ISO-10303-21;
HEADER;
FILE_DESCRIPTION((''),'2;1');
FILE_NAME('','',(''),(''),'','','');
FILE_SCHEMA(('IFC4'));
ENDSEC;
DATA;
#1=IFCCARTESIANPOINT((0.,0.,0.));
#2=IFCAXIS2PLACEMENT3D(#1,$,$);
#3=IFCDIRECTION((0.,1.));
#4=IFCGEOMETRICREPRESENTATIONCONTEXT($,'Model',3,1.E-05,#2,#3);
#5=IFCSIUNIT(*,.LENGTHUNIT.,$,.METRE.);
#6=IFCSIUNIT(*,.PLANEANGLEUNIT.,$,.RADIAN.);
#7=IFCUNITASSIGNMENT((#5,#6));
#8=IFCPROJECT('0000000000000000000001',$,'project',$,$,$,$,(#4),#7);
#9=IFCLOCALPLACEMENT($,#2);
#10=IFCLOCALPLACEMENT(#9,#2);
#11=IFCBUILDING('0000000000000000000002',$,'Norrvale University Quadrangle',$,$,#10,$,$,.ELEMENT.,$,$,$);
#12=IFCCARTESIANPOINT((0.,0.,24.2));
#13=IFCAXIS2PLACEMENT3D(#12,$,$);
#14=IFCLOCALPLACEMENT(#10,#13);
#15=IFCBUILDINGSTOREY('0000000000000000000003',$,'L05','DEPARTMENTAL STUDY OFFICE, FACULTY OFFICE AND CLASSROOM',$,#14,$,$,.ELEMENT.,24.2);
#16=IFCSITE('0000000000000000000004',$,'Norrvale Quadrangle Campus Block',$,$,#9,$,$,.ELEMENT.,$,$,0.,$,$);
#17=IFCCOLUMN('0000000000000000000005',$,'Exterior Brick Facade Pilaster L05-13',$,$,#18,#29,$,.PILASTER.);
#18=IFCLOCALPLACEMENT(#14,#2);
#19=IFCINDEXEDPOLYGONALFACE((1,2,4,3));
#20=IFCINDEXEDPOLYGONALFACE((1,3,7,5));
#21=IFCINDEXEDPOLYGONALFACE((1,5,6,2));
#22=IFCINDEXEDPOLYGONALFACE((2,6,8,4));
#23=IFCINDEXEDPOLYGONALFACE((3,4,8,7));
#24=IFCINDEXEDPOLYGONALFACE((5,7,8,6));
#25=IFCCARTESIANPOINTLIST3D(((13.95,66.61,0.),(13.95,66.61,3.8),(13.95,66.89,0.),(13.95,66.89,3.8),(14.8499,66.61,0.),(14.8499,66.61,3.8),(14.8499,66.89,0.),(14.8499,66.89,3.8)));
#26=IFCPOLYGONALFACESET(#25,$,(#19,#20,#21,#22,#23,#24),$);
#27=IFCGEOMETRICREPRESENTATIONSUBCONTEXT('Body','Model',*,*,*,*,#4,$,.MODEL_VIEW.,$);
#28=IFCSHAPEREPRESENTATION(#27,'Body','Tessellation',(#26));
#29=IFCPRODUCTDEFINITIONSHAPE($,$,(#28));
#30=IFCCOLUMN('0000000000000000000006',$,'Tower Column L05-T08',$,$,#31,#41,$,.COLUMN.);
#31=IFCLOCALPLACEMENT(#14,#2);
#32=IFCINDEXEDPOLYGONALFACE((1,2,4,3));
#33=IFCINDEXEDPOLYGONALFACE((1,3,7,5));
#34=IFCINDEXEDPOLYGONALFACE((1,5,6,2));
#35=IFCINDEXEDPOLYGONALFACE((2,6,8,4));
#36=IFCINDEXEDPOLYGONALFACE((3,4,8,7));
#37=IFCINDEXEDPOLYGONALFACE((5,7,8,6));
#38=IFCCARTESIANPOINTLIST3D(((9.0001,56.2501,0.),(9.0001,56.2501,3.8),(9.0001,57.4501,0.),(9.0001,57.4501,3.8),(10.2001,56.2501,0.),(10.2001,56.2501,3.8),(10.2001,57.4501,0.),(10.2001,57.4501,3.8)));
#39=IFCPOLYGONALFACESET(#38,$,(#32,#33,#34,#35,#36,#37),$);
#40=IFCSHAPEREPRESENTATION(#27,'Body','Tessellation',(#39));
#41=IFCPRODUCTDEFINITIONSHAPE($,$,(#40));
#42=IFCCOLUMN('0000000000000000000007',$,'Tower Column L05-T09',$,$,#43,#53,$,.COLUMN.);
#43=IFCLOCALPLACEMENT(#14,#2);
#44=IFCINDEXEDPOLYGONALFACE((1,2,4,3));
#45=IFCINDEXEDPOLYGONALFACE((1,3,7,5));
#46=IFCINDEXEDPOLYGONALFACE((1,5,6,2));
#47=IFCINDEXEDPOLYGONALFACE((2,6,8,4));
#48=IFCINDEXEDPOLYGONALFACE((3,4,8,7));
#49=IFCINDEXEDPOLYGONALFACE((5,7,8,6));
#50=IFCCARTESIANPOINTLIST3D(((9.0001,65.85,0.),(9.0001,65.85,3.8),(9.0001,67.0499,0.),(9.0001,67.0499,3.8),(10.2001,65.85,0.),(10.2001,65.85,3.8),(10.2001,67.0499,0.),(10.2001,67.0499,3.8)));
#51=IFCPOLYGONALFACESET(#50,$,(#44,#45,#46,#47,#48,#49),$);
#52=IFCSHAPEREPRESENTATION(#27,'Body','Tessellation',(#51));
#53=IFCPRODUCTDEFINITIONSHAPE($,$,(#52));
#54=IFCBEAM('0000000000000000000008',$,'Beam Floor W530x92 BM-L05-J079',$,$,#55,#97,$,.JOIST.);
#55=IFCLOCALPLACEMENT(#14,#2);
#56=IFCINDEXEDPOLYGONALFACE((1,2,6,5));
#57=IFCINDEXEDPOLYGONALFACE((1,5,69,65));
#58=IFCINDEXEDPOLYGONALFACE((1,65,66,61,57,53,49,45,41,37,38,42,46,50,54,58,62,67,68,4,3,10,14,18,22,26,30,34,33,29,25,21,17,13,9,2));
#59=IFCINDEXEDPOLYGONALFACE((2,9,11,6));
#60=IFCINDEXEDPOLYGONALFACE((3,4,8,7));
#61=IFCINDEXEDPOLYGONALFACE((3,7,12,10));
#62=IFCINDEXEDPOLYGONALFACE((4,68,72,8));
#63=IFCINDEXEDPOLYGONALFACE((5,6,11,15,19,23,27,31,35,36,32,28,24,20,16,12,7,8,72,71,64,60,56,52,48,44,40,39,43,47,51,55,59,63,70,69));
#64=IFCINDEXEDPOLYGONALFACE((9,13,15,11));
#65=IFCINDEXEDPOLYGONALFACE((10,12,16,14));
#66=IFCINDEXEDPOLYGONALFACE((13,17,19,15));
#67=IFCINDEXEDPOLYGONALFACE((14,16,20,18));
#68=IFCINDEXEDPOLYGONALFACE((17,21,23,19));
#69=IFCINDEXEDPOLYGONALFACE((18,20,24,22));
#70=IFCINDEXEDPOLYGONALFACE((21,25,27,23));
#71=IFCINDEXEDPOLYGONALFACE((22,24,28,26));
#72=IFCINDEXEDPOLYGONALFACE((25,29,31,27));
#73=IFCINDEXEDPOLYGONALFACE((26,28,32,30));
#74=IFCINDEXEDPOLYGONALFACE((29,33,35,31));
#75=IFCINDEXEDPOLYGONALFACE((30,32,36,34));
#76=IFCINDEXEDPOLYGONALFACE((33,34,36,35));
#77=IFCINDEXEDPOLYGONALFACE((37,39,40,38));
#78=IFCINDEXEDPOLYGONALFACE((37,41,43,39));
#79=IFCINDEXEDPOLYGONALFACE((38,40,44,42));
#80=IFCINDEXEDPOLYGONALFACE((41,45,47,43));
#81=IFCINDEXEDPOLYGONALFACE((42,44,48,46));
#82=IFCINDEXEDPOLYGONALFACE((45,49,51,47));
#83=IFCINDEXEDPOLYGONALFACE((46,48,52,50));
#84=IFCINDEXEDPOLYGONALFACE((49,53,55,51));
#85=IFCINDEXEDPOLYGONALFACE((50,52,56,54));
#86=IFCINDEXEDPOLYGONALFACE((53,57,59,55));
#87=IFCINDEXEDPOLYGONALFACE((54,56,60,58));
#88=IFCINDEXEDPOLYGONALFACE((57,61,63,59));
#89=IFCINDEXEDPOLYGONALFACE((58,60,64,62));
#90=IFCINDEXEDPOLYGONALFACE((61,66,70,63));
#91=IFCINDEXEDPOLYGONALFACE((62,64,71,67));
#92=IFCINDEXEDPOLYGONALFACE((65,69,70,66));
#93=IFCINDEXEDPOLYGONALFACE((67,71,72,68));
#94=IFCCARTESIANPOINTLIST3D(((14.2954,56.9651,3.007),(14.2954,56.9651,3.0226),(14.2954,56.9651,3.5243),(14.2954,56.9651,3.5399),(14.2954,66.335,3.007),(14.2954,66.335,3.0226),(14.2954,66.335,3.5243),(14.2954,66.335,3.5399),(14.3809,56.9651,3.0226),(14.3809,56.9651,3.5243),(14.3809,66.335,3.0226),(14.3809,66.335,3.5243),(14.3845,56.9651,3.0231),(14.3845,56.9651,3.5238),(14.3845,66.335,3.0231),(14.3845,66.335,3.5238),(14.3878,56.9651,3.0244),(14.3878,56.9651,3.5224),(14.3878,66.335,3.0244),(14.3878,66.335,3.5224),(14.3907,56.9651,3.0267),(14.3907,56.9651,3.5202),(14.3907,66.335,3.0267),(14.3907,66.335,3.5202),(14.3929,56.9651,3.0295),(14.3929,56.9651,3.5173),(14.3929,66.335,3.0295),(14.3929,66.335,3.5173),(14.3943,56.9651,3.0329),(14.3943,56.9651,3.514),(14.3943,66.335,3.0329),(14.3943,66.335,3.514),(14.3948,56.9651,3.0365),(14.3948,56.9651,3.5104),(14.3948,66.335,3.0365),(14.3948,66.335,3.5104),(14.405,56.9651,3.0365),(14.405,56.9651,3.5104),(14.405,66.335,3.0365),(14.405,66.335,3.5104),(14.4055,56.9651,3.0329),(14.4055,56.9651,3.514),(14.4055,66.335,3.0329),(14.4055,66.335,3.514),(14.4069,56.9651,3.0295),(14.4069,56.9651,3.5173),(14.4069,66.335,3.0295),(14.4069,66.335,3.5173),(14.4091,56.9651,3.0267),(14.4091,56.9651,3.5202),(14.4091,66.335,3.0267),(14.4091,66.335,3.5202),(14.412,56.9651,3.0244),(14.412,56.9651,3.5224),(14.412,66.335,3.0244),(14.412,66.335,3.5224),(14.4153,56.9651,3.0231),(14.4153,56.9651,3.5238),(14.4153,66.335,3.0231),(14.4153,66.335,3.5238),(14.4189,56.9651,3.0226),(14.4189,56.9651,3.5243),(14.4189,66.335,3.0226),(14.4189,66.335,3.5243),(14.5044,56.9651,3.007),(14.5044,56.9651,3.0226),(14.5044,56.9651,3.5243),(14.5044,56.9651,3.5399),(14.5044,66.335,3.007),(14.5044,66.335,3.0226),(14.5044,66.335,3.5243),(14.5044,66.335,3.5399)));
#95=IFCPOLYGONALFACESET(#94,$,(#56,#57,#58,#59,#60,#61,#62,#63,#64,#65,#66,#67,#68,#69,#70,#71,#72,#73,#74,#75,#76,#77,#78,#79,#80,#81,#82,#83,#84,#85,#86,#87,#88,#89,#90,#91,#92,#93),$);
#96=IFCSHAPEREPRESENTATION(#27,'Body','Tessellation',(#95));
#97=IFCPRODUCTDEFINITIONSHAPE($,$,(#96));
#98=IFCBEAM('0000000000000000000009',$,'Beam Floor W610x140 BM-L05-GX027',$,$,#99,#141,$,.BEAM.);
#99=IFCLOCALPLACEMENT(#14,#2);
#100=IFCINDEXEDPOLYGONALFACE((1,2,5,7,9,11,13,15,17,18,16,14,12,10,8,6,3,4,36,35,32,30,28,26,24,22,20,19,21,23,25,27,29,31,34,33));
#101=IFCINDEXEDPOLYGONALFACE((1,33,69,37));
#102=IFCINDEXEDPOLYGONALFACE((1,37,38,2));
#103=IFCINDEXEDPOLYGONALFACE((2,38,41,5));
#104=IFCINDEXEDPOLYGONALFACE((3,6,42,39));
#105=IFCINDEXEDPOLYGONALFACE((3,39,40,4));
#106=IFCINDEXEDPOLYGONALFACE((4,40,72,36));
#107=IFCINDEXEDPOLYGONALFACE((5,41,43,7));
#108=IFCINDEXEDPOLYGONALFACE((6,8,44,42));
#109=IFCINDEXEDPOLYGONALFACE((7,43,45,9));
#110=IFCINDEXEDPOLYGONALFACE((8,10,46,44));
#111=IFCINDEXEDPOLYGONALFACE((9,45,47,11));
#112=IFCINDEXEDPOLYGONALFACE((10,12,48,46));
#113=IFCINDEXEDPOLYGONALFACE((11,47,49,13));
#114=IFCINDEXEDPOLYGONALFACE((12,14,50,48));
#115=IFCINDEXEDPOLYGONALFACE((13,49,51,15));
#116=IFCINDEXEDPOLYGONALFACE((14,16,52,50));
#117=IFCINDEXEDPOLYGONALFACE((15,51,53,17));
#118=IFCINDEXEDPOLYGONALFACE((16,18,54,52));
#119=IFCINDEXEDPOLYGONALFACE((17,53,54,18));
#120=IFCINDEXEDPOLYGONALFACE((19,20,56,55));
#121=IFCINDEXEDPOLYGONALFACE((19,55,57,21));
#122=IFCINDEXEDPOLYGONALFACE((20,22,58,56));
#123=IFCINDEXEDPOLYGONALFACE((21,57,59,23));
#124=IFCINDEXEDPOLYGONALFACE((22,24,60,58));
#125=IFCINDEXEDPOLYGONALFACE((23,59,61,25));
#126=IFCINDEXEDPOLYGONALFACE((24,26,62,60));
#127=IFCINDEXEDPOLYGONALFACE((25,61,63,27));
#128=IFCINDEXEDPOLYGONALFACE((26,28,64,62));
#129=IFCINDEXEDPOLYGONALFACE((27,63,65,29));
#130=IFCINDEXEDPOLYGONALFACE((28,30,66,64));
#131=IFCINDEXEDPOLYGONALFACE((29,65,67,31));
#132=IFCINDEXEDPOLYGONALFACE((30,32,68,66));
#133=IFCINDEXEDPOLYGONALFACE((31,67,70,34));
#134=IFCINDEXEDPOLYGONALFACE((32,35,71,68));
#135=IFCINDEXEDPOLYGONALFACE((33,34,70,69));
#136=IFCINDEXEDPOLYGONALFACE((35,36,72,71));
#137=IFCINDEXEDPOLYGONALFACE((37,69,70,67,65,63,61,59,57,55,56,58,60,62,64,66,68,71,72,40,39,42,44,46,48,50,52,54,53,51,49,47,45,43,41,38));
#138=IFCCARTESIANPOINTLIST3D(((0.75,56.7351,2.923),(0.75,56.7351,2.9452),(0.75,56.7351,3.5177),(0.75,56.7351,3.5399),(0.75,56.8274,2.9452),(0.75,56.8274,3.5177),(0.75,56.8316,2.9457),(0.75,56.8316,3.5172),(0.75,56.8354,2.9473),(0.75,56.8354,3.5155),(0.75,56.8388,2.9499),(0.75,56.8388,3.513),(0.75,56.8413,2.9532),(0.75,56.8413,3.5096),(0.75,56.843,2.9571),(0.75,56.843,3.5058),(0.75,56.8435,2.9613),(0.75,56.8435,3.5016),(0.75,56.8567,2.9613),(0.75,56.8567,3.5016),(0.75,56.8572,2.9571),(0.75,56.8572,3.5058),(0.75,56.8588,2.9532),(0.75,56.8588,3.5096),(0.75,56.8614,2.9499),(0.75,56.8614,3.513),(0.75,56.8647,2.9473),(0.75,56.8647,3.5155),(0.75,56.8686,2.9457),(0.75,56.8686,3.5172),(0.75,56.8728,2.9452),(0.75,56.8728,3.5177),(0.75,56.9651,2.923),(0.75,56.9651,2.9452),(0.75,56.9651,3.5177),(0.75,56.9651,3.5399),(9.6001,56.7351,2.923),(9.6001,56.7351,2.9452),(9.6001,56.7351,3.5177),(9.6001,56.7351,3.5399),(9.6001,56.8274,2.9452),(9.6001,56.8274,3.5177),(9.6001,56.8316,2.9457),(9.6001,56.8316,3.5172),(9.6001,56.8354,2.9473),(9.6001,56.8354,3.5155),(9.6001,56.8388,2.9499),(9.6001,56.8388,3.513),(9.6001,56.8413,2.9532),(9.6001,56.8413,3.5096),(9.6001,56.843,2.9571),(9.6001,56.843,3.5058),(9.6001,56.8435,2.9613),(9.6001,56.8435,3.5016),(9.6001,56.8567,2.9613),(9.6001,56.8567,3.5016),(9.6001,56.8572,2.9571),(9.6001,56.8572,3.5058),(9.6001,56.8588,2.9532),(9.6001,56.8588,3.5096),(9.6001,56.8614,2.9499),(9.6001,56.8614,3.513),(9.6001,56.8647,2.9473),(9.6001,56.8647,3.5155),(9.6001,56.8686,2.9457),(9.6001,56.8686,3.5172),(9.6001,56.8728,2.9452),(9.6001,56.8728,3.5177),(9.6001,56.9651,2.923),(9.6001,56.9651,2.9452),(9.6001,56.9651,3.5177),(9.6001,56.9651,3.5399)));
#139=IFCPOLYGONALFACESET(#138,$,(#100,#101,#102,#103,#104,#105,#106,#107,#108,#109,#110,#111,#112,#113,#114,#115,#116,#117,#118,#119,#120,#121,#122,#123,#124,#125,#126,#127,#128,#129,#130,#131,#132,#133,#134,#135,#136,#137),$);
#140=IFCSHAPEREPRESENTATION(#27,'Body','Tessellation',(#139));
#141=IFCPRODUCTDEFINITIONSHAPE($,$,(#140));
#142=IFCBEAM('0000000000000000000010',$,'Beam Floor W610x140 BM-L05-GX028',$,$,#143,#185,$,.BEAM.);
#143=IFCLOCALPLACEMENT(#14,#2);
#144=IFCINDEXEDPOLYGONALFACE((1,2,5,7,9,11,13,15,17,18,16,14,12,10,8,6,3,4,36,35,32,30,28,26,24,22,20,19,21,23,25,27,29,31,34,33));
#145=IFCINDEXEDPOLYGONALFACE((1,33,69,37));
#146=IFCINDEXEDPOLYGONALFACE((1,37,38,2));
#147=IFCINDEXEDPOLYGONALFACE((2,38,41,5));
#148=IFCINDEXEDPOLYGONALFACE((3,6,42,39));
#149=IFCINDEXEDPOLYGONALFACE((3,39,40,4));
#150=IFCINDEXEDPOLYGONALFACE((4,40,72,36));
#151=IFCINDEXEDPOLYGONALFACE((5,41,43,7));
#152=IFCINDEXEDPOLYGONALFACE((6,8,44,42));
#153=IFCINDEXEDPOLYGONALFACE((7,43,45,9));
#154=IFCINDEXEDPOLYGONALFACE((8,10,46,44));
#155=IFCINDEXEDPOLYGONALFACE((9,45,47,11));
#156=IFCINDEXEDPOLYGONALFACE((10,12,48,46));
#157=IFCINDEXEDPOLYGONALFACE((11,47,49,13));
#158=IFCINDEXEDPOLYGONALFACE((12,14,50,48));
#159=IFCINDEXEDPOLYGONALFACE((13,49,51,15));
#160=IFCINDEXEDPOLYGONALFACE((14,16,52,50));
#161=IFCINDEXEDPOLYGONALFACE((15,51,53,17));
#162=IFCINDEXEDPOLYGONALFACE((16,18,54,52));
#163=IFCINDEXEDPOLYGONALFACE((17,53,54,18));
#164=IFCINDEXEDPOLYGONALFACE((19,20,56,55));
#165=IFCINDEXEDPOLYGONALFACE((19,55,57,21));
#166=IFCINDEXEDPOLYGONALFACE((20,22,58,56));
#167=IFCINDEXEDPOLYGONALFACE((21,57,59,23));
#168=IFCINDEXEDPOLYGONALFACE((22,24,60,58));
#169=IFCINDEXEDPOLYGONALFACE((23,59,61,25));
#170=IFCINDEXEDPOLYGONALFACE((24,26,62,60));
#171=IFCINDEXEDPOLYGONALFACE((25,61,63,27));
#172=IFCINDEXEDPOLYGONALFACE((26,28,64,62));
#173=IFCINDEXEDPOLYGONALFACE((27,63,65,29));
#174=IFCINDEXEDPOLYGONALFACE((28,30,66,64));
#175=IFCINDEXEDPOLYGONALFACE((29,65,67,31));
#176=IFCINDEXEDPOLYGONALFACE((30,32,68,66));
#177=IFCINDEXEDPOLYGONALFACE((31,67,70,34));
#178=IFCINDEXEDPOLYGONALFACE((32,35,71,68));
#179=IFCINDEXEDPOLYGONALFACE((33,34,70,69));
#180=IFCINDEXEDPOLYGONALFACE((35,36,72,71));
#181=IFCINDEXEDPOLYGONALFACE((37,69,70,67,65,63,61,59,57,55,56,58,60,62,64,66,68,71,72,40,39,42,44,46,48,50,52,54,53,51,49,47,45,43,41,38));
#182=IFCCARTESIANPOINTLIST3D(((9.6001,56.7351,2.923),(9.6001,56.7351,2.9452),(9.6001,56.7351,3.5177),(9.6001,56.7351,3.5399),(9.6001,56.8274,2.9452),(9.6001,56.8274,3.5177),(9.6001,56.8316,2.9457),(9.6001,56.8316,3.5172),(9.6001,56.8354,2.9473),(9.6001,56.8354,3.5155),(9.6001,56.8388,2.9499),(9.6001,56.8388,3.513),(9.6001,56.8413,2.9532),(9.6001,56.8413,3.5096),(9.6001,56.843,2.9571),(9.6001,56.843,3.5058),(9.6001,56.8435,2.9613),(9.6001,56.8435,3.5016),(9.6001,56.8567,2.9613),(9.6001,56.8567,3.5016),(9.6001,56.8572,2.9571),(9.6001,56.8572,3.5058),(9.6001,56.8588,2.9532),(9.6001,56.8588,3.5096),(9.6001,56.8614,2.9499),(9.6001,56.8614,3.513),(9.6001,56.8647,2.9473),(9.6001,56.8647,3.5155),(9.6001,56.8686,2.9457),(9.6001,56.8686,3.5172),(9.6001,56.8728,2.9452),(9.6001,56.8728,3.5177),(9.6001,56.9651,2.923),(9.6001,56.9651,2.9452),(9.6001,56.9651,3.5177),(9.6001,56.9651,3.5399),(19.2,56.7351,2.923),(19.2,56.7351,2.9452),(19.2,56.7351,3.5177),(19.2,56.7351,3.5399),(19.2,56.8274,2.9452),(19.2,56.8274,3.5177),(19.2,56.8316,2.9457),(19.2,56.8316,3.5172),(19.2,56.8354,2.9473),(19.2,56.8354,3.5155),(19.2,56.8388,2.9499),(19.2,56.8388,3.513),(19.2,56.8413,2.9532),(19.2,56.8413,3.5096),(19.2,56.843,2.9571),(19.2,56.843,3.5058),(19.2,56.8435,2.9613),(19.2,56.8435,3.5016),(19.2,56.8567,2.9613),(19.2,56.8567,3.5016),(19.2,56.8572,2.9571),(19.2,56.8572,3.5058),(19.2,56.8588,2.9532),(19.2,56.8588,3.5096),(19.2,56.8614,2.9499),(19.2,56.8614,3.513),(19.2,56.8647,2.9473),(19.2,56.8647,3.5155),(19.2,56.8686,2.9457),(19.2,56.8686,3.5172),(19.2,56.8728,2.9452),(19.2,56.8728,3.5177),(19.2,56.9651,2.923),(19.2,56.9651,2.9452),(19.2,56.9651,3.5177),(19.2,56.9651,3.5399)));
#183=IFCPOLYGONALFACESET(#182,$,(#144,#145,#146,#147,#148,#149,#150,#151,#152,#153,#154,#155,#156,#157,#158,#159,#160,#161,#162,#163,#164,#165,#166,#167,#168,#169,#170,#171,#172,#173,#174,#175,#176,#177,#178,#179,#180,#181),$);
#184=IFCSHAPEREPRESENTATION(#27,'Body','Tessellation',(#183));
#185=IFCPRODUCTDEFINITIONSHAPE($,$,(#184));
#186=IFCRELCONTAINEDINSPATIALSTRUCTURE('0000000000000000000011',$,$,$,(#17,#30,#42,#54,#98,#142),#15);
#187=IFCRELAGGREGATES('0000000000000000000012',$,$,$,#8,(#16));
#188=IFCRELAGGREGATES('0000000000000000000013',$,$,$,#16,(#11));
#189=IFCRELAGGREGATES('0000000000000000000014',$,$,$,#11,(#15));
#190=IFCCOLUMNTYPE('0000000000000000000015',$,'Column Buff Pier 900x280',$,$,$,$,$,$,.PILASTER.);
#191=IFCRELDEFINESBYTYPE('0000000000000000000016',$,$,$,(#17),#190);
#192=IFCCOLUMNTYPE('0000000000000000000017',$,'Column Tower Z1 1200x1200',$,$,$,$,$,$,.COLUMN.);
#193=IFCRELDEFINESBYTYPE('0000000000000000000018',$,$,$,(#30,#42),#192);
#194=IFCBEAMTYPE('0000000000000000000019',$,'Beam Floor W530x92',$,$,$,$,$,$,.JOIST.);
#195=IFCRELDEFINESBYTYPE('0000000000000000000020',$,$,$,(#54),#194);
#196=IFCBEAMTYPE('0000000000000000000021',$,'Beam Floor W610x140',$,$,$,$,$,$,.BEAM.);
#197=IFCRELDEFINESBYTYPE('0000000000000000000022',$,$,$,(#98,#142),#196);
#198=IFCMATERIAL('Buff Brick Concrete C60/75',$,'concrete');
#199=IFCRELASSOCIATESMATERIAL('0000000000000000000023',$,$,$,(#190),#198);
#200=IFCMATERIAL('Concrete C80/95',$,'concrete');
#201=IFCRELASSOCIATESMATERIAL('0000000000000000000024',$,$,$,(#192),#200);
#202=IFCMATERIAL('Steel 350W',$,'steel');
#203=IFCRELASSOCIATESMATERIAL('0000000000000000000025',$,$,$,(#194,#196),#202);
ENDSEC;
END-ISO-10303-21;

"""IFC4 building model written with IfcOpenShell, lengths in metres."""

from ifc_helpers import new_model, si_unit, direction, frame, origin, origin_2d, place, context, subcontext, project, spatial, rectangle, i_section, extrude, material, material_profile, profile_set, type_object, element, save


model = new_model("IFC4")

# Units and contexts
model_context = context("Model", 3, precision=1e-05, world=origin(), true_north=direction((0.0, 1.0)))
body_context = subcontext(model_context, "Body", "Model", "MODEL_VIEW")
ifc_project = project(units=[si_unit("LENGTHUNIT", "METRE"), si_unit("PLANEANGLEUNIT", "RADIAN")], contexts=[model_context])

# Site, building, storey
site_placement = place(None, origin())
site = spatial("IfcSite", under=ifc_project, at=site_placement, Name="Norrvale Quadrangle Campus Block", CompositionType="ELEMENT", RefElevation=0.0)
building_placement = place(site_placement, origin())
building = spatial("IfcBuilding", under=site, at=building_placement, Name="Norrvale University Quadrangle", CompositionType="ELEMENT")
storey_placement = place(building_placement, frame((0.0, 0.0, 24.2)))
storey = spatial("IfcBuildingStorey", under=building, at=storey_placement, Name="L05", Description="DEPARTMENTAL STUDY OFFICE, FACULTY OFFICE AND CLASSROOM", CompositionType="ELEMENT", Elevation=24.2)

# Columns
ifc_material_1 = material(Name="Buff Brick Concrete C60/75", Category="concrete")
ifc_material_profile_1 = material_profile(ifc_material_1, rectangle(XDim=0.8999, YDim=0.28, at=origin_2d()), Name="Buff Brick Concrete C60/75")
ifc_profile_set_1 = profile_set([ifc_material_profile_1], Name="Buff Brick Concrete C60/75")
column_type_1 = type_object("IfcColumnType", Name="Column Buff Pier 900x280", PredefinedType="PILASTER", material=ifc_profile_set_1)
column_placement = place(storey_placement, frame((14.3999, 66.75, 0.0), z_axis=(0.0, 0.0, 1.0), x_axis=(1.0, 0.0, 0.0)))
element("IfcColumn", 1, at=column_placement, inside=storey, type_object=column_type_1, Name="Exterior Brick Facade Pilaster L05-13", PredefinedType="PILASTER", context=body_context, shape_type="SweptSolid", body=[
    extrude(rectangle(XDim=0.8999, YDim=0.28, at=origin_2d()), origin(), (0.0, 0.0, 1.0), 3.8),
])
ifc_material_2 = material(Name="Concrete C80/95", Category="concrete")
ifc_material_profile_2 = material_profile(ifc_material_2, rectangle(XDim=1.2, YDim=1.2, at=origin_2d()), Name="Concrete C80/95")
ifc_profile_set_2 = profile_set([ifc_material_profile_2], Name="Concrete C80/95")
column_type_2 = type_object("IfcColumnType", Name="Column Tower Z1 1200x1200", PredefinedType="COLUMN", material=ifc_profile_set_2)
for number, where, z_axis, x_axis, name in (
    (2, (9.6001, 56.8501, 0.0), (0.0, 0.0, 1.0), (1.0, 0.0, 0.0), "Tower Column L05-T08"),
    (3, (9.6001, 66.45, 0.0), (0.0, 0.0, 1.0), (1.0, 0.0, 0.0), "Tower Column L05-T09"),
):
    element("IfcColumn", number, at=place(storey_placement, frame(where, z_axis=z_axis, x_axis=x_axis)), inside=storey, type_object=column_type_2, Name=name, PredefinedType="COLUMN", context=body_context, shape_type="SweptSolid", body=[
        extrude(rectangle(XDim=1.2, YDim=1.2, at=origin_2d()), origin(), (0.0, 0.0, 1.0), 3.8),
    ])

# Beams
ifc_material_3 = material(Name="Steel 350W", Category="steel")
ifc_material_profile_3 = material_profile(ifc_material_3, i_section(OverallWidth=0.209, OverallDepth=0.533, WebThickness=0.0103, FlangeThickness=0.0156, FilletRadius=0.0139, at=origin_2d()), Name="Steel 350W")
ifc_profile_set_3 = profile_set([ifc_material_profile_3], Name="Steel 350W")
beam_type_1 = type_object("IfcBeamType", Name="Beam Floor W530x92", PredefinedType="JOIST", material=ifc_profile_set_3)
beam_1_placement = place(storey_placement, frame((14.3999, 56.9651, 3.2734), z_axis=(0.0, 1.0, 0.0), x_axis=(-1.0, 0.0, 0.0)))
element("IfcBeam", 4, at=beam_1_placement, inside=storey, type_object=beam_type_1, Name="Beam Floor W530x92 BM-L05-J079", PredefinedType="JOIST", context=body_context, shape_type="SweptSolid", body=[
    extrude(i_section(OverallWidth=0.209, OverallDepth=0.533, WebThickness=0.0103, FlangeThickness=0.0156, FilletRadius=0.0139, at=origin_2d()), origin(), (0.0, 0.0, 1.0), 9.3699),
])
ifc_material_profile_4 = material_profile(ifc_material_3, i_section(OverallWidth=0.23, OverallDepth=0.6169, WebThickness=0.0132, FlangeThickness=0.0222, FilletRadius=0.0161, at=origin_2d()), Name="Steel 350W")
ifc_profile_set_4 = profile_set([ifc_material_profile_4], Name="Steel 350W")
beam_type_2 = type_object("IfcBeamType", Name="Beam Floor W610x140", PredefinedType="BEAM", material=ifc_profile_set_4)
beam_2_placement = place(storey_placement, frame((0.75, 56.8501, 3.2314), z_axis=(1.0, 0.0, 0.0), x_axis=(0.0, 1.0, 0.0)))
element("IfcBeam", 5, at=beam_2_placement, inside=storey, type_object=beam_type_2, Name="Beam Floor W610x140 BM-L05-GX027", PredefinedType="BEAM", context=body_context, shape_type="SweptSolid", body=[
    extrude(i_section(OverallWidth=0.23, OverallDepth=0.6169, WebThickness=0.0132, FlangeThickness=0.0222, FilletRadius=0.0161, at=origin_2d()), origin(), (0.0, 0.0, 1.0), 8.8501),
])
for number, where, z_axis, x_axis, name in (
    (6, (9.6001, 56.8501, 3.2314), (1.0, 0.0, 0.0), (0.0, 1.0, 0.0), "Beam Floor W610x140 BM-L05-GX028"),
):
    element("IfcBeam", number, at=place(storey_placement, frame(where, z_axis=z_axis, x_axis=x_axis)), inside=storey, type_object=beam_type_2, Name=name, PredefinedType="BEAM", context=body_context, shape_type="SweptSolid", body=[
        extrude(i_section(OverallWidth=0.23, OverallDepth=0.6169, WebThickness=0.0132, FlangeThickness=0.0222, FilletRadius=0.0161, at=origin_2d()), origin(), (0.0, 0.0, 1.0), 9.5999),
    ])

save(model, "model.ifc")
